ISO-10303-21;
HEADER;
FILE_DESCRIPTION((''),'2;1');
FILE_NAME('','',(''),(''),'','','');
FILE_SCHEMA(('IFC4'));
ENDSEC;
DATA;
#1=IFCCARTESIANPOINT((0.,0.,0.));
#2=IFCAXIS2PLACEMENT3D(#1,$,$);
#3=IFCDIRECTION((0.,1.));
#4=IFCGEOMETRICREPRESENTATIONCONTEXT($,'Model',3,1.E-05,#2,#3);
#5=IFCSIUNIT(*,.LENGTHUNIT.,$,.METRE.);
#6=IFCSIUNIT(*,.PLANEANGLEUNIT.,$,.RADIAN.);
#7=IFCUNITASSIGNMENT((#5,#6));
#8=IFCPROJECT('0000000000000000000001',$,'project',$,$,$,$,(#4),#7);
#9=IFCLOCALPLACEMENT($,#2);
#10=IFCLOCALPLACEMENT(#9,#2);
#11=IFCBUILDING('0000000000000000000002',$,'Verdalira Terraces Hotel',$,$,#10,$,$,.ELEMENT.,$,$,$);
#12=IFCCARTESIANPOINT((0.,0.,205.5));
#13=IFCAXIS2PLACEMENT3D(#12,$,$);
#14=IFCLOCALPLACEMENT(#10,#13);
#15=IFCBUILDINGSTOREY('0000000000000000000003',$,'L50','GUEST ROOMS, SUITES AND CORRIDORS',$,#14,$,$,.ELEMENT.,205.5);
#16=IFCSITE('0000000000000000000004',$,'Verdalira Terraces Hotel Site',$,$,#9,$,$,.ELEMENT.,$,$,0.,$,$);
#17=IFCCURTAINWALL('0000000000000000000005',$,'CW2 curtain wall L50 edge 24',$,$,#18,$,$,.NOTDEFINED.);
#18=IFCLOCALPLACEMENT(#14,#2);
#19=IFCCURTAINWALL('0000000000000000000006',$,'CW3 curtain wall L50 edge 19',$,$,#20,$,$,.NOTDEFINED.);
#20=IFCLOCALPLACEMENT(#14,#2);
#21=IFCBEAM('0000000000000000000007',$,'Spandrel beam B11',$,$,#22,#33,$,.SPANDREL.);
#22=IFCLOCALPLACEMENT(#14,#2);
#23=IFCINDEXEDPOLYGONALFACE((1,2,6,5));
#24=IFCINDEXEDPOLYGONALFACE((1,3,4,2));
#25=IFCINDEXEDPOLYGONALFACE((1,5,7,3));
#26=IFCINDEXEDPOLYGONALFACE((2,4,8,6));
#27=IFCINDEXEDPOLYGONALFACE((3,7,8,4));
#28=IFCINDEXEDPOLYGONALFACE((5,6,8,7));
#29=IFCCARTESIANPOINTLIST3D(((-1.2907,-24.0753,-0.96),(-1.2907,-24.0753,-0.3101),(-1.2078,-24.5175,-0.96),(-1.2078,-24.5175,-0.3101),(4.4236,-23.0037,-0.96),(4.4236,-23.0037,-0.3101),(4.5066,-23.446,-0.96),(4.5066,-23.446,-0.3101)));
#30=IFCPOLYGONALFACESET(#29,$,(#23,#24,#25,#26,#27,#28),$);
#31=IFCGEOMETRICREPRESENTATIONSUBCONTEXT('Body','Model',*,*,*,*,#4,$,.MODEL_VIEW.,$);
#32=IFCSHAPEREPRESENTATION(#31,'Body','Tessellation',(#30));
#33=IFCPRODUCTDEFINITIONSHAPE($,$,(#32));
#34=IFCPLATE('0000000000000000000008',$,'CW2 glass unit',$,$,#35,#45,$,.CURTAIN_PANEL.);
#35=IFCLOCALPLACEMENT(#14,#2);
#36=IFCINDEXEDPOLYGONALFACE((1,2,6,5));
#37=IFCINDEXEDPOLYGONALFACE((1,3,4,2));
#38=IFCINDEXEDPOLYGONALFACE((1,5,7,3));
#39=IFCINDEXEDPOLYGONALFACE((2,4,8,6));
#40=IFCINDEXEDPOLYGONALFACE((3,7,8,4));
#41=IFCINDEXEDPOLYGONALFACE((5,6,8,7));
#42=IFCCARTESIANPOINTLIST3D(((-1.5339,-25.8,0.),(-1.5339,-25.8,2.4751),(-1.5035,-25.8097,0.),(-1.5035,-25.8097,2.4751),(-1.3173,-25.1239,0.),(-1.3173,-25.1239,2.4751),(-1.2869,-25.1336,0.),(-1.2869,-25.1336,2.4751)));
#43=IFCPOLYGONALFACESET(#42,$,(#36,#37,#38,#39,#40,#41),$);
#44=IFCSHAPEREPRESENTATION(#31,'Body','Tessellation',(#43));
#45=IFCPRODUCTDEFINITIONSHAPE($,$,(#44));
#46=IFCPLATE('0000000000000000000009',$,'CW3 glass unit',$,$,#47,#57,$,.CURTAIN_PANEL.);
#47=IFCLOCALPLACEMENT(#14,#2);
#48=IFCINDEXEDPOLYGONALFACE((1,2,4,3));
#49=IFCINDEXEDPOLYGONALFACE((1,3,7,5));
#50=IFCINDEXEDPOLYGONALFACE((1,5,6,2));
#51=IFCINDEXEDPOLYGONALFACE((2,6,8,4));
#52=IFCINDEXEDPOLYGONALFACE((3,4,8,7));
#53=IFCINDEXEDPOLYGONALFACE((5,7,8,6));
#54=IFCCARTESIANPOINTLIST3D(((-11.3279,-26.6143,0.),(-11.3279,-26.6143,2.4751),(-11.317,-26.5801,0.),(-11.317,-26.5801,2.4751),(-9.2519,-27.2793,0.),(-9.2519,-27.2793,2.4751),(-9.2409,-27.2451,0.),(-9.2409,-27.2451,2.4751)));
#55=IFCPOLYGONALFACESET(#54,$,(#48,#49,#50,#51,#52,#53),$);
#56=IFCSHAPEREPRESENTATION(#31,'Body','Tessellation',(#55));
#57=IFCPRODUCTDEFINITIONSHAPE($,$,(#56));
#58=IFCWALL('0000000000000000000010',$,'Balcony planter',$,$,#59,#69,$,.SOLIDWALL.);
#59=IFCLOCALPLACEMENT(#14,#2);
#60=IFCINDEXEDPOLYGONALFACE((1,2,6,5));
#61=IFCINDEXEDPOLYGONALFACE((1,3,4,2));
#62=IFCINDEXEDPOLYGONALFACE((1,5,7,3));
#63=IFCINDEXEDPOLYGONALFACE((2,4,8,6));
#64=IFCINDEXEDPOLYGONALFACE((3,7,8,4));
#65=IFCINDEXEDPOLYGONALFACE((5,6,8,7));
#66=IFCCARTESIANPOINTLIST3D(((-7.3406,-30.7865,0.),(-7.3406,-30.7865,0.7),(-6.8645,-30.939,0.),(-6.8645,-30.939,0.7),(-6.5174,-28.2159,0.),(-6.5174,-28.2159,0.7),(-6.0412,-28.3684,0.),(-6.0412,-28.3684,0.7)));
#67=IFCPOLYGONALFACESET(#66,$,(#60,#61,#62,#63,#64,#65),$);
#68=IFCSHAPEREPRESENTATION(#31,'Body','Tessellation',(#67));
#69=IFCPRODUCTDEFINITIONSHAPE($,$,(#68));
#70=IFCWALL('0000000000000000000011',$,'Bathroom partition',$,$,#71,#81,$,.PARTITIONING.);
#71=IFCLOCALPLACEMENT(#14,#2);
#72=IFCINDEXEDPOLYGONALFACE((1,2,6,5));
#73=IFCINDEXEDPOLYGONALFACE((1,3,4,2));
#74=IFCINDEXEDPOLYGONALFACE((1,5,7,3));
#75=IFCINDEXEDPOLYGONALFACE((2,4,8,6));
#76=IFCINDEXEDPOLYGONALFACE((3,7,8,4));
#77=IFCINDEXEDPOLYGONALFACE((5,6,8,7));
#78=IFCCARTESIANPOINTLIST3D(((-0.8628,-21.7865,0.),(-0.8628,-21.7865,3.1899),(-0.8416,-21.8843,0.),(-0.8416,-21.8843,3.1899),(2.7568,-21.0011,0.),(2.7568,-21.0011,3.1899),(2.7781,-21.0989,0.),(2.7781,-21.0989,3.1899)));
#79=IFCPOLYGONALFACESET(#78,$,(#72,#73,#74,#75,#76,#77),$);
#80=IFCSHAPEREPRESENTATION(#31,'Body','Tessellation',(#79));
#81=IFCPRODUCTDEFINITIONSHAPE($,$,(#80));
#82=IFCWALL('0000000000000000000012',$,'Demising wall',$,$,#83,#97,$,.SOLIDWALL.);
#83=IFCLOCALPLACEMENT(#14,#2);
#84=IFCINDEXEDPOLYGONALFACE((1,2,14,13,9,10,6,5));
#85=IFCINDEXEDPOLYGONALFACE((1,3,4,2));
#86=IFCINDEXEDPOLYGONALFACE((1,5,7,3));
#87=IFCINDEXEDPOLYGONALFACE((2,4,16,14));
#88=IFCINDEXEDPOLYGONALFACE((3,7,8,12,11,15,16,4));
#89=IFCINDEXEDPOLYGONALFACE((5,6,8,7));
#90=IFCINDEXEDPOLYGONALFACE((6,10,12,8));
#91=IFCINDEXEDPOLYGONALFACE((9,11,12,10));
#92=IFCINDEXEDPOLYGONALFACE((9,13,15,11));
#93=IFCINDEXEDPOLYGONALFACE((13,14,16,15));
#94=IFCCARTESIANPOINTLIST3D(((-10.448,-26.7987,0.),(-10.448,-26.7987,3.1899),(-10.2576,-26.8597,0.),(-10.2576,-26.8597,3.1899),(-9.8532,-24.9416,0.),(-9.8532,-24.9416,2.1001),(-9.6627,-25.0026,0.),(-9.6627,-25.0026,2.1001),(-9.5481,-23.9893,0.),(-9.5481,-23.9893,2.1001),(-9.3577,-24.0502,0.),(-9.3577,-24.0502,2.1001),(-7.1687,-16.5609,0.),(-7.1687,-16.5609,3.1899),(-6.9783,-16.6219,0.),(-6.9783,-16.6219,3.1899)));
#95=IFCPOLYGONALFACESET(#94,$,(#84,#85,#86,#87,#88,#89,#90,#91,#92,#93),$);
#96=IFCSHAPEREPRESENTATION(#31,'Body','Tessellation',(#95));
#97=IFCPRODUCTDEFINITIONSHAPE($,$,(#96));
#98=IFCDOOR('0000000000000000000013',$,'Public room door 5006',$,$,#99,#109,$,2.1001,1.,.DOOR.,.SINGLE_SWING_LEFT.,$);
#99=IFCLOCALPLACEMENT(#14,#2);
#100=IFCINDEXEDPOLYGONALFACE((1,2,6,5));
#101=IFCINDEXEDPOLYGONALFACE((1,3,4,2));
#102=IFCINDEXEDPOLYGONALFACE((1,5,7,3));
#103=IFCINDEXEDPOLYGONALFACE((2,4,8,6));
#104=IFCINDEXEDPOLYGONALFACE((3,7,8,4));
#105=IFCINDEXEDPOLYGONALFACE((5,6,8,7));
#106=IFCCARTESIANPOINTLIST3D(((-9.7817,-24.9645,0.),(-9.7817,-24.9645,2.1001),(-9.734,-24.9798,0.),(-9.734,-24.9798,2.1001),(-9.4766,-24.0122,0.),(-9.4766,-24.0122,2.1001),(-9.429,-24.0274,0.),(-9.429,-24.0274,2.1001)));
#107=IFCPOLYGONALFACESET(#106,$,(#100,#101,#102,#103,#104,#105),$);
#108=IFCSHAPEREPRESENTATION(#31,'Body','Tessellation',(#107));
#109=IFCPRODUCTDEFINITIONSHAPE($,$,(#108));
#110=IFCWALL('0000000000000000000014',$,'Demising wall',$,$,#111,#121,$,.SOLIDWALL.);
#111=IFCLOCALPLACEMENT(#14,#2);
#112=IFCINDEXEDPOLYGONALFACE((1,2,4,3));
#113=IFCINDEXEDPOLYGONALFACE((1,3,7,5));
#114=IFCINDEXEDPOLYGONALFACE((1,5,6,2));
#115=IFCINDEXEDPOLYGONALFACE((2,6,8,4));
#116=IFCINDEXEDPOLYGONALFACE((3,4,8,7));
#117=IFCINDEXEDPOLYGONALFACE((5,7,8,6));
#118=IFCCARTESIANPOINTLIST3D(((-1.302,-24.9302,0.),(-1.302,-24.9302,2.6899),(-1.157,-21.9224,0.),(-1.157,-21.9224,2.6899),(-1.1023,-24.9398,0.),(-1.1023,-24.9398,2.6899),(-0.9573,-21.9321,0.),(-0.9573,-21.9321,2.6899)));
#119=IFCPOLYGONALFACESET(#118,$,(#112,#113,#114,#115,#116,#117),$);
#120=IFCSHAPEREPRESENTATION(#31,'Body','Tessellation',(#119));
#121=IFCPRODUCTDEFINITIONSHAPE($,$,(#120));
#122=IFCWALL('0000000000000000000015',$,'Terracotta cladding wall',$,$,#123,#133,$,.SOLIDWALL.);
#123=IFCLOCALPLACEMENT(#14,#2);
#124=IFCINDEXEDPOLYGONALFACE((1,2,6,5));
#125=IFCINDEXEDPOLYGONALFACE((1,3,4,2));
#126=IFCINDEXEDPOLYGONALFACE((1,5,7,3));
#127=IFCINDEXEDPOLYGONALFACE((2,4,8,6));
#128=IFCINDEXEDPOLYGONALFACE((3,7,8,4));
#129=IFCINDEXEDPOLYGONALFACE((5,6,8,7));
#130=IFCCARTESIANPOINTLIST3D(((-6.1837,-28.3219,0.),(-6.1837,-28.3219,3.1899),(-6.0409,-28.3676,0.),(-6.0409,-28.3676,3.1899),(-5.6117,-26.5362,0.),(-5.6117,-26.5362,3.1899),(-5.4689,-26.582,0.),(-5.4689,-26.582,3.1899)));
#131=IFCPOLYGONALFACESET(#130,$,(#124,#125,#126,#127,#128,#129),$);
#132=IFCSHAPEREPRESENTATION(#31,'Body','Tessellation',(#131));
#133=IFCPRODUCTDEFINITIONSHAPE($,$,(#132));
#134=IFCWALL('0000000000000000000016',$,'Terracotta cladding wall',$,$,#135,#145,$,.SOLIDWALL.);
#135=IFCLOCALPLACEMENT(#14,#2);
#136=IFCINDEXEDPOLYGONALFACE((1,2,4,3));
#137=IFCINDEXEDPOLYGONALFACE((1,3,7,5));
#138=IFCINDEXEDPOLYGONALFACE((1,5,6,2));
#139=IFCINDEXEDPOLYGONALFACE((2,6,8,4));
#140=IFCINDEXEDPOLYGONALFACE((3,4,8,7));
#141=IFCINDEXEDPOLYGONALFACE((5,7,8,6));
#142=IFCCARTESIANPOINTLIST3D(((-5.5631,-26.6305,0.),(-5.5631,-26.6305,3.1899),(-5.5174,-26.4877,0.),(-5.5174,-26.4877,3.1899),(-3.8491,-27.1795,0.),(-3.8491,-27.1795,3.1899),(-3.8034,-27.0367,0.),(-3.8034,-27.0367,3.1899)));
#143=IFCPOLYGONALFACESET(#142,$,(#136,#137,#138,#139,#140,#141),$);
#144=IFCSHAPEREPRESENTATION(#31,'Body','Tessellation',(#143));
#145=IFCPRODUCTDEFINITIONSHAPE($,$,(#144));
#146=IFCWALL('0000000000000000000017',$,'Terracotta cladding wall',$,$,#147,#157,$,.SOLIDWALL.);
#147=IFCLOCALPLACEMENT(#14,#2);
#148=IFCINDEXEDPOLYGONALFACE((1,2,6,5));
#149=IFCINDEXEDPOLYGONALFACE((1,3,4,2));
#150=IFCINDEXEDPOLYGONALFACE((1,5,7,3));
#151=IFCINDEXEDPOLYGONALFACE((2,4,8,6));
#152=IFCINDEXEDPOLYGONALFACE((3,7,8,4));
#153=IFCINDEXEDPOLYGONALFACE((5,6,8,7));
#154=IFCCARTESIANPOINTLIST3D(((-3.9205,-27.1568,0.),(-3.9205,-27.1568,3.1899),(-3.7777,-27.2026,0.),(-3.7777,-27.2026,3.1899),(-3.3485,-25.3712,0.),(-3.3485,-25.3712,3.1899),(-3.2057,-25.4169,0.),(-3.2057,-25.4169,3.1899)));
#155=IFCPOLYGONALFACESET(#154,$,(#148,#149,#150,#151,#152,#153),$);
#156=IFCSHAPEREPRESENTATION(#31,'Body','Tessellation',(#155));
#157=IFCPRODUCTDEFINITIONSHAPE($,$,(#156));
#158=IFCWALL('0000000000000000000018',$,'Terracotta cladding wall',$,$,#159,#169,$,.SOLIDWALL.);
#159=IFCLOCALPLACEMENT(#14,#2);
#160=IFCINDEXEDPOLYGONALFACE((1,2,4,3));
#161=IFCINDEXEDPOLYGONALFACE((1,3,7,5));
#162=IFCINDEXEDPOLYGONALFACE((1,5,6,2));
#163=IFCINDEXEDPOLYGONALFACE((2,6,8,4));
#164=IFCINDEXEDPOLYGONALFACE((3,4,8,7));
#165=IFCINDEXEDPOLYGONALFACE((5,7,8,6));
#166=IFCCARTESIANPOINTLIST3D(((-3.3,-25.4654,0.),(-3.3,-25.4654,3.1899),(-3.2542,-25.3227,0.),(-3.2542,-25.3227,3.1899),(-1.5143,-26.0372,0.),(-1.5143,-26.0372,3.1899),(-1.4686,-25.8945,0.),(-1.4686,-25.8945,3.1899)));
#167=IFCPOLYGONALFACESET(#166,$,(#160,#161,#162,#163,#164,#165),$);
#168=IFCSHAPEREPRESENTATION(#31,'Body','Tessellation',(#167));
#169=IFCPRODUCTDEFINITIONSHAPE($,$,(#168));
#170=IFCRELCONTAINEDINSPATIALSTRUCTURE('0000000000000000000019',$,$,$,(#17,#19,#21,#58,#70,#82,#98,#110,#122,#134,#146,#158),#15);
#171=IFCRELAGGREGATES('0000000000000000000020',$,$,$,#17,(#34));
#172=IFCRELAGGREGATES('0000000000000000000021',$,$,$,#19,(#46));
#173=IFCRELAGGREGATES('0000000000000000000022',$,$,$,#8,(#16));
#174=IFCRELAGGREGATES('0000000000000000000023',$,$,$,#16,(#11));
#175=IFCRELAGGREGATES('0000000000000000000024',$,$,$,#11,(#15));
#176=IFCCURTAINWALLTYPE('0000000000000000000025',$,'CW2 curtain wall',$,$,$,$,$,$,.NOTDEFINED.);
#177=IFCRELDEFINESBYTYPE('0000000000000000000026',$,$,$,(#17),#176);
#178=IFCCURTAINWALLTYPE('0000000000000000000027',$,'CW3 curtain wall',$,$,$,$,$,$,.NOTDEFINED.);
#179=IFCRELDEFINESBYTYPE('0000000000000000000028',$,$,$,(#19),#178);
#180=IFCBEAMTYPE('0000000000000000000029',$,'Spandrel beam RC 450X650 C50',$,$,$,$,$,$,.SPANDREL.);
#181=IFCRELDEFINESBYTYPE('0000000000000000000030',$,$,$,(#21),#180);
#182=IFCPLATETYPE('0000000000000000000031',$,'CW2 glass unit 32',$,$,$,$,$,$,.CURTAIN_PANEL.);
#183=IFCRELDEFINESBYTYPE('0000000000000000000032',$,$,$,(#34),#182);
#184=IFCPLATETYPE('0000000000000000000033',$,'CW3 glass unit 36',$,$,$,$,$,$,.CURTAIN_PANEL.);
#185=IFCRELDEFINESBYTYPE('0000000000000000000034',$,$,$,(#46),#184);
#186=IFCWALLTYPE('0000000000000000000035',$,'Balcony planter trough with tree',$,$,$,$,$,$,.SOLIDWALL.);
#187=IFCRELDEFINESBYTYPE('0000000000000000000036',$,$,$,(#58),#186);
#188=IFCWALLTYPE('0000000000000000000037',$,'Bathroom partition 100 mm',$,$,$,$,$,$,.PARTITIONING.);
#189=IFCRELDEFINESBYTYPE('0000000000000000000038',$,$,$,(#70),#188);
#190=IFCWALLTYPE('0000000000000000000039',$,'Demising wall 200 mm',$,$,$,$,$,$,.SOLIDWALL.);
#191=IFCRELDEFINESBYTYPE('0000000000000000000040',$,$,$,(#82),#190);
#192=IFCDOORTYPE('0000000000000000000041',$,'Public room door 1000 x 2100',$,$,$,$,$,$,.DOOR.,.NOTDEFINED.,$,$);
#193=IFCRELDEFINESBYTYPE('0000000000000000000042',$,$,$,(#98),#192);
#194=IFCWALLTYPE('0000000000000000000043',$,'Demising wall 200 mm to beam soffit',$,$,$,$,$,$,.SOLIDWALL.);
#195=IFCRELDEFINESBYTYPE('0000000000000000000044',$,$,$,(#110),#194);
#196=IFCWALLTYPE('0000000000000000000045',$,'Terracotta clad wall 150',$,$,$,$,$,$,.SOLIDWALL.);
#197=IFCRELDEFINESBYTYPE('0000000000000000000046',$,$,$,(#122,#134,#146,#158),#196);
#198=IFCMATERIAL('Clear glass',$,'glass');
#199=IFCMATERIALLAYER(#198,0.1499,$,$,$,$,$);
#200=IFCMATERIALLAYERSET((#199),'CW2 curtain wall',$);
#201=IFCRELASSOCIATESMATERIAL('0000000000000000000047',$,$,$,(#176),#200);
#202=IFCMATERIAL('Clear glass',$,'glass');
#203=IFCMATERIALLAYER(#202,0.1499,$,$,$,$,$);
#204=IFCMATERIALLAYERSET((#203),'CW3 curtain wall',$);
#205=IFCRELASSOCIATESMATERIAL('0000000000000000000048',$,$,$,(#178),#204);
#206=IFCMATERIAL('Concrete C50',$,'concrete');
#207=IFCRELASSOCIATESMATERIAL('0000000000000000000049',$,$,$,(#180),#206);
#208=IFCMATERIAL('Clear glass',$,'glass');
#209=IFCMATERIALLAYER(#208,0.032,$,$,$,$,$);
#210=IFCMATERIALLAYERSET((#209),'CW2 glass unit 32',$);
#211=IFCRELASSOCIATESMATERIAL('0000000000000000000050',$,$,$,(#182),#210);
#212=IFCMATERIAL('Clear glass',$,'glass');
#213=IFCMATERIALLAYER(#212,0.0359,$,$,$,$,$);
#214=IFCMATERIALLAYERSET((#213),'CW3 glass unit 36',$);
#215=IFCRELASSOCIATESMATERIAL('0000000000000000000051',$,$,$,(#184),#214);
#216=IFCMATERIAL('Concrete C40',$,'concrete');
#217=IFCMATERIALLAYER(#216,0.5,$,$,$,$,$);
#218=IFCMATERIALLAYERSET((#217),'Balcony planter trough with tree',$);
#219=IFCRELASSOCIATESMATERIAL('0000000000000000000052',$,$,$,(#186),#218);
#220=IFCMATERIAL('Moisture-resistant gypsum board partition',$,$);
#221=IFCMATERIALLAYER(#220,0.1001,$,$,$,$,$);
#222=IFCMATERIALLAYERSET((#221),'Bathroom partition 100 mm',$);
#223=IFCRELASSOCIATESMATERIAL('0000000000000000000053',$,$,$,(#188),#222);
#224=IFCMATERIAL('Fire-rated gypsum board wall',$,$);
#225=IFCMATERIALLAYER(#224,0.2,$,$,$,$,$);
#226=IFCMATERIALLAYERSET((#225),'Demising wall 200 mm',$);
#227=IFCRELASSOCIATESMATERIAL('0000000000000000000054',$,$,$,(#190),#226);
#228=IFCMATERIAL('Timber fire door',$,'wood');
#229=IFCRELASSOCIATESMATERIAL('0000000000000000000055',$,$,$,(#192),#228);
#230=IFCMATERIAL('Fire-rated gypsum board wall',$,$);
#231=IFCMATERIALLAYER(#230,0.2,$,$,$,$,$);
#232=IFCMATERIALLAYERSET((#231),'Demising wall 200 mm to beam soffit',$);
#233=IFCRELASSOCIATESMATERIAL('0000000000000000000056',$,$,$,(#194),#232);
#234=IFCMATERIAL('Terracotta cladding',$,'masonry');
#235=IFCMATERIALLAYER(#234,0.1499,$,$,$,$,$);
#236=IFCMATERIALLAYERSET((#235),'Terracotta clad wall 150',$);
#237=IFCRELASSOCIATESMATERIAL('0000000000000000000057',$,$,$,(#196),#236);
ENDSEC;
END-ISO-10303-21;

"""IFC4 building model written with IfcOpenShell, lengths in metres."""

from ifc_helpers import new_model, si_unit, direction, frame, frame_2d, origin, origin_2d, place, context, subcontext, project, spatial, rectangle, extrude, material, layer, layer_set, material_profile, profile_set, type_object, element, fill, aggregate, save


model = new_model("IFC4")

# Units and contexts
model_context = context("Model", 3, precision=1e-05, world=origin(), true_north=direction((0.0, 1.0)))
body_context = subcontext(model_context, "Body", "Model", "MODEL_VIEW")
ifc_project = project(units=[si_unit("LENGTHUNIT", "METRE"), si_unit("PLANEANGLEUNIT", "RADIAN")], contexts=[model_context])

# Site, building, storey
site_placement = place(None, origin())
site = spatial("IfcSite", under=ifc_project, at=site_placement, Name="Verdalira Terraces Hotel Site", CompositionType="ELEMENT", RefElevation=0.0)
building_placement = place(site_placement, origin())
building = spatial("IfcBuilding", under=site, at=building_placement, Name="Verdalira Terraces Hotel", CompositionType="ELEMENT")
storey_placement = place(building_placement, frame((0.0, 0.0, 205.5)))
storey = spatial("IfcBuildingStorey", under=building, at=storey_placement, Name="L50", Description="GUEST ROOMS, SUITES AND CORRIDORS", CompositionType="ELEMENT", Elevation=205.5)

# Curtain wall
ifc_material_1 = material(Name="Clear glass", Category="glass")
ifc_layer_1 = layer(ifc_material_1, 0.1499)
ifc_layer_set_1 = layer_set([ifc_layer_1], Name="CW2 curtain wall")
curtain_wall_type_1 = type_object("IfcCurtainWallType", Name="CW2 curtain wall", PredefinedType="NOTDEFINED", material=ifc_layer_set_1)
curtain_wall_1_placement = place(storey_placement, origin())
curtain_wall_1 = element("IfcCurtainWall", 1, at=curtain_wall_1_placement, inside=storey, type_object=curtain_wall_type_1, Name="CW2 curtain wall L50 edge 24", PredefinedType="NOTDEFINED")

# Curtain wall
ifc_material_2 = material(Name="Clear glass", Category="glass")
ifc_layer_2 = layer(ifc_material_2, 0.1499)
ifc_layer_set_2 = layer_set([ifc_layer_2], Name="CW3 curtain wall")
curtain_wall_type_2 = type_object("IfcCurtainWallType", Name="CW3 curtain wall", PredefinedType="NOTDEFINED", material=ifc_layer_set_2)
curtain_wall_2_placement = place(storey_placement, origin())
curtain_wall_2 = element("IfcCurtainWall", 2, at=curtain_wall_2_placement, inside=storey, type_object=curtain_wall_type_2, Name="CW3 curtain wall L50 edge 19", PredefinedType="NOTDEFINED")

# Beam
ifc_material_3 = material(Name="Concrete C50", Category="concrete")
ifc_material_profile_1 = material_profile(ifc_material_3, rectangle(XDim=0.45, YDim=0.6499, at=origin_2d()), Name="RC 450X650")
ifc_profile_set_1 = profile_set([ifc_material_profile_1], Name="Concrete C50")
beam_type_1 = type_object("IfcBeamType", Name="Spandrel beam RC 450X650 C50", PredefinedType="SPANDREL", material=ifc_profile_set_1)
beam_1_placement = place(storey_placement, frame((-1.2493, -24.2964, -0.635), z_axis=(0.982869, 0.184304, 0.0), x_axis=(-0.184304, 0.982869, 0.0)))
element("IfcBeam", 3, at=beam_1_placement, inside=storey, type_object=beam_type_1, Name="Spandrel beam B11", PredefinedType="SPANDREL", context=body_context, shape_type="SweptSolid", body=[
    extrude(rectangle(XDim=0.45, YDim=0.6499, at=origin_2d()), origin(), (0.0, 0.0, 1.0), 5.814),
])

# Plates
ifc_material_4 = material(Name="Clear glass", Category="glass")
ifc_layer_3 = layer(ifc_material_4, 0.032)
ifc_layer_set_3 = layer_set([ifc_layer_3], Name="CW2 glass unit 32")
plate_type_1 = type_object("IfcPlateType", Name="CW2 glass unit 32", PredefinedType="CURTAIN_PANEL", material=ifc_layer_set_3)
plate_1_placement = place(storey_placement, frame((-1.4104, -25.4668, 0.0), z_axis=(0.0, 0.0, 1.0), x_axis=(0.305031, 0.952343, 0.0)))
plate_1 = element("IfcPlate", 4, at=plate_1_placement, type_object=plate_type_1, Name="CW2 glass unit", PredefinedType="CURTAIN_PANEL", context=body_context, shape_type="SweptSolid", body=[
    extrude(rectangle(XDim=0.71, YDim=0.032, at=origin_2d()), origin(), (0.0, 0.0, 1.0), 2.4751),
])
aggregate(curtain_wall_1, [plate_1])
ifc_material_5 = material(Name="Clear glass", Category="glass")
ifc_layer_4 = layer(ifc_material_5, 0.0359)
ifc_layer_set_4 = layer_set([ifc_layer_4], Name="CW3 glass unit 36")
plate_type_2 = type_object("IfcPlateType", Name="CW3 glass unit 36", PredefinedType="CURTAIN_PANEL", material=ifc_layer_set_4)
plate_2_placement = place(storey_placement, frame((-10.2844, -26.9297, 0.0), z_axis=(0.0, 0.0, 1.0), x_axis=(0.952343, -0.305031, 0.0)))
plate_2 = element("IfcPlate", 5, at=plate_2_placement, type_object=plate_type_2, Name="CW3 glass unit", PredefinedType="CURTAIN_PANEL", context=body_context, shape_type="SweptSolid", body=[
    extrude(rectangle(XDim=2.1799, YDim=0.0359, at=origin_2d()), origin(), (0.0, 0.0, 1.0), 2.4751),
])
aggregate(curtain_wall_2, [plate_2])

# Walls
ifc_material_6 = material(Name="Concrete C40", Category="concrete")
ifc_layer_5 = layer(ifc_material_6, 0.5)
ifc_layer_set_5 = layer_set([ifc_layer_5], Name="Balcony planter trough with tree")
wall_type_1 = type_object("IfcWallType", Name="Balcony planter trough with tree", PredefinedType="SOLIDWALL", material=ifc_layer_set_5)
wall_1_placement = place(storey_placement, frame((-7.1025, -30.8628, 0.0), z_axis=(0.0, 0.0, 1.0), x_axis=(0.304999, 0.952353, 0.0)))
element("IfcWall", 6, at=wall_1_placement, inside=storey, type_object=wall_type_1, Name="Balcony planter", PredefinedType="SOLIDWALL", context=body_context, shape_type="SweptSolid", body=[
    extrude(rectangle(XDim=2.6992, YDim=0.5, at=frame_2d((1.3496, 0.0))), origin(), (0.0, 0.0, 1.0), 0.7),
])
ifc_material_7 = material(Name="Moisture-resistant gypsum board partition")
ifc_layer_6 = layer(ifc_material_7, 0.1001)
ifc_layer_set_6 = layer_set([ifc_layer_6], Name="Bathroom partition 100 mm")
wall_type_2 = type_object("IfcWallType", Name="Bathroom partition 100 mm", PredefinedType="PARTITIONING", material=ifc_layer_set_6)
wall_2_placement = place(storey_placement, frame((-0.8523, -21.8354, 0.0), z_axis=(0.0, 0.0, 1.0), x_axis=(0.977259, 0.212049, 0.0)))
element("IfcWall", 7, at=wall_2_placement, inside=storey, type_object=wall_type_2, Name="Bathroom partition", PredefinedType="PARTITIONING", context=body_context, shape_type="SweptSolid", body=[
    extrude(rectangle(XDim=3.7039, YDim=0.1001, at=frame_2d((1.8521, 0.0))), origin(), (0.0, 0.0, 1.0), 3.1899),
])

# Wall, opening, door
ifc_material_8 = material(Name="Fire-rated gypsum board wall")
ifc_layer_7 = layer(ifc_material_8, 0.2)
ifc_layer_set_7 = layer_set([ifc_layer_7], Name="Demising wall 200 mm")
wall_type_3 = type_object("IfcWallType", Name="Demising wall 200 mm", PredefinedType="SOLIDWALL", material=ifc_layer_set_7)
wall_3_placement = place(storey_placement, frame((-10.3528, -26.8291, 0.0), z_axis=(0.0, 0.0, 1.0), x_axis=(0.305046, 0.952338, 0.0)))
wall_3 = element("IfcWall", 8, at=wall_3_placement, inside=storey, type_object=wall_type_3, Name="Demising wall", PredefinedType="SOLIDWALL", context=body_context, shape_type="SweptSolid", body=[
    extrude(rectangle(XDim=10.7502, YDim=0.2, at=frame_2d((5.375, 0.0))), origin(), (0.0, 0.0, 1.0), 3.1899),
])
opening_1_placement = place(wall_3_placement, frame((1.95, 0.0, 0.0)))
opening_1 = element("IfcOpeningElement", 9, at=opening_1_placement, cuts=wall_3, PredefinedType="OPENING", context=body_context, shape_type="SweptSolid", body=[
    extrude(rectangle(XDim=1.0, YDim=2.1001, at=frame_2d((0.5, 1.05))), frame((0.0, 0.1099, 0.0), z_axis=(0.0, -1.0, 0.0), x_axis=(1.0, 0.0, 0.0)), (0.0, 0.0, 1.0), 0.22),
])
ifc_material_9 = material(Name="Timber fire door", Category="wood")
door_type_1 = type_object("IfcDoorType", Name="Public room door 1000 x 2100", OperationType="NOTDEFINED", PredefinedType="DOOR", material=ifc_material_9)
door_1_placement = place(opening_1_placement, origin())
door_1 = element("IfcDoor", 10, at=door_1_placement, inside=storey, type_object=door_type_1, Name="Public room door 5006", OperationType="SINGLE_SWING_LEFT", OverallHeight=2.1001, OverallWidth=1.0, PredefinedType="DOOR", context=body_context, shape_type="SweptSolid", body=[
    extrude(rectangle(XDim=1.0, YDim=2.1001, at=frame_2d((0.5, 1.05))), frame((0.0, 0.0249, 0.0), z_axis=(0.0, -1.0, 0.0), x_axis=(1.0, 0.0, 0.0)), (0.0, 0.0, 1.0), 0.05),
])
fill(opening_1, door_1)

# Walls
ifc_material_10 = material(Name="Fire-rated gypsum board wall")
ifc_layer_8 = layer(ifc_material_10, 0.2)
ifc_layer_set_8 = layer_set([ifc_layer_8], Name="Demising wall 200 mm to beam soffit")
wall_type_4 = type_object("IfcWallType", Name="Demising wall 200 mm to beam soffit", PredefinedType="SOLIDWALL", material=ifc_layer_set_8)
wall_4_placement = place(storey_placement, frame((-1.0571, -21.9272, 0.0), z_axis=(0.0, 0.0, 1.0), x_axis=(-0.048158, -0.99884, 0.0)))
element("IfcWall", 11, at=wall_4_placement, inside=storey, type_object=wall_type_4, Name="Demising wall", PredefinedType="SOLIDWALL", context=body_context, shape_type="SweptSolid", body=[
    extrude(rectangle(XDim=3.0112, YDim=0.2, at=frame_2d((1.5056, 0.0))), origin(), (0.0, 0.0, 1.0), 2.6899),
])
ifc_material_11 = material(Name="Terracotta cladding", Category="masonry")
ifc_layer_9 = layer(ifc_material_11, 0.1499)
ifc_layer_set_9 = layer_set([ifc_layer_9], Name="Terracotta clad wall 150")
wall_type_5 = type_object("IfcWallType", Name="Terracotta clad wall 150", PredefinedType="SOLIDWALL", material=ifc_layer_set_9)
wall_5_placement = place(storey_placement, frame((-6.1123, -28.3447, 0.0), z_axis=(0.0, 0.0, 1.0), x_axis=(0.305073, 0.952329, 0.0)))
element("IfcWall", 12, at=wall_5_placement, inside=storey, type_object=wall_type_5, Name="Terracotta cladding wall", PredefinedType="SOLIDWALL", context=body_context, shape_type="SweptSolid", body=[
    extrude(rectangle(XDim=1.875, YDim=0.1499, at=frame_2d((0.9375, 0.0))), origin(), (0.0, 0.0, 1.0), 3.1899),
])
wall_6_placement = place(storey_placement, frame((-5.5403, -26.5591, 0.0), z_axis=(0.0, 0.0, 1.0), x_axis=(0.952334, -0.305056, 0.0)))
element("IfcWall", 13, at=wall_6_placement, inside=storey, type_object=wall_type_5, Name="Terracotta cladding wall", PredefinedType="SOLIDWALL", context=body_context, shape_type="SweptSolid", body=[
    extrude(rectangle(XDim=1.7998, YDim=0.1499, at=frame_2d((0.8999, 0.0))), origin(), (0.0, 0.0, 1.0), 3.1899),
])
for number, where, z_axis, x_axis, name in (
    (14, (-3.8491, -27.1797, 0.0), (0.0, 0.0, 1.0), (0.305073, 0.952329, 0.0), "Terracotta cladding wall"),
    (15, (-3.2771, -25.394, 0.0), (0.0, 0.0, 1.0), (0.952367, -0.304955, 0.0), "Terracotta cladding wall"),
):
    element("IfcWall", number, at=place(storey_placement, frame(where, z_axis=z_axis, x_axis=x_axis)), inside=storey, type_object=wall_type_5, Name=name, PredefinedType="SOLIDWALL", context=body_context, shape_type="SweptSolid", body=[
        extrude(rectangle(XDim=1.875, YDim=0.1499, at=frame_2d((0.9375, 0.0))), origin(), (0.0, 0.0, 1.0), 3.1899),
    ])

save(model, "model.ifc")
